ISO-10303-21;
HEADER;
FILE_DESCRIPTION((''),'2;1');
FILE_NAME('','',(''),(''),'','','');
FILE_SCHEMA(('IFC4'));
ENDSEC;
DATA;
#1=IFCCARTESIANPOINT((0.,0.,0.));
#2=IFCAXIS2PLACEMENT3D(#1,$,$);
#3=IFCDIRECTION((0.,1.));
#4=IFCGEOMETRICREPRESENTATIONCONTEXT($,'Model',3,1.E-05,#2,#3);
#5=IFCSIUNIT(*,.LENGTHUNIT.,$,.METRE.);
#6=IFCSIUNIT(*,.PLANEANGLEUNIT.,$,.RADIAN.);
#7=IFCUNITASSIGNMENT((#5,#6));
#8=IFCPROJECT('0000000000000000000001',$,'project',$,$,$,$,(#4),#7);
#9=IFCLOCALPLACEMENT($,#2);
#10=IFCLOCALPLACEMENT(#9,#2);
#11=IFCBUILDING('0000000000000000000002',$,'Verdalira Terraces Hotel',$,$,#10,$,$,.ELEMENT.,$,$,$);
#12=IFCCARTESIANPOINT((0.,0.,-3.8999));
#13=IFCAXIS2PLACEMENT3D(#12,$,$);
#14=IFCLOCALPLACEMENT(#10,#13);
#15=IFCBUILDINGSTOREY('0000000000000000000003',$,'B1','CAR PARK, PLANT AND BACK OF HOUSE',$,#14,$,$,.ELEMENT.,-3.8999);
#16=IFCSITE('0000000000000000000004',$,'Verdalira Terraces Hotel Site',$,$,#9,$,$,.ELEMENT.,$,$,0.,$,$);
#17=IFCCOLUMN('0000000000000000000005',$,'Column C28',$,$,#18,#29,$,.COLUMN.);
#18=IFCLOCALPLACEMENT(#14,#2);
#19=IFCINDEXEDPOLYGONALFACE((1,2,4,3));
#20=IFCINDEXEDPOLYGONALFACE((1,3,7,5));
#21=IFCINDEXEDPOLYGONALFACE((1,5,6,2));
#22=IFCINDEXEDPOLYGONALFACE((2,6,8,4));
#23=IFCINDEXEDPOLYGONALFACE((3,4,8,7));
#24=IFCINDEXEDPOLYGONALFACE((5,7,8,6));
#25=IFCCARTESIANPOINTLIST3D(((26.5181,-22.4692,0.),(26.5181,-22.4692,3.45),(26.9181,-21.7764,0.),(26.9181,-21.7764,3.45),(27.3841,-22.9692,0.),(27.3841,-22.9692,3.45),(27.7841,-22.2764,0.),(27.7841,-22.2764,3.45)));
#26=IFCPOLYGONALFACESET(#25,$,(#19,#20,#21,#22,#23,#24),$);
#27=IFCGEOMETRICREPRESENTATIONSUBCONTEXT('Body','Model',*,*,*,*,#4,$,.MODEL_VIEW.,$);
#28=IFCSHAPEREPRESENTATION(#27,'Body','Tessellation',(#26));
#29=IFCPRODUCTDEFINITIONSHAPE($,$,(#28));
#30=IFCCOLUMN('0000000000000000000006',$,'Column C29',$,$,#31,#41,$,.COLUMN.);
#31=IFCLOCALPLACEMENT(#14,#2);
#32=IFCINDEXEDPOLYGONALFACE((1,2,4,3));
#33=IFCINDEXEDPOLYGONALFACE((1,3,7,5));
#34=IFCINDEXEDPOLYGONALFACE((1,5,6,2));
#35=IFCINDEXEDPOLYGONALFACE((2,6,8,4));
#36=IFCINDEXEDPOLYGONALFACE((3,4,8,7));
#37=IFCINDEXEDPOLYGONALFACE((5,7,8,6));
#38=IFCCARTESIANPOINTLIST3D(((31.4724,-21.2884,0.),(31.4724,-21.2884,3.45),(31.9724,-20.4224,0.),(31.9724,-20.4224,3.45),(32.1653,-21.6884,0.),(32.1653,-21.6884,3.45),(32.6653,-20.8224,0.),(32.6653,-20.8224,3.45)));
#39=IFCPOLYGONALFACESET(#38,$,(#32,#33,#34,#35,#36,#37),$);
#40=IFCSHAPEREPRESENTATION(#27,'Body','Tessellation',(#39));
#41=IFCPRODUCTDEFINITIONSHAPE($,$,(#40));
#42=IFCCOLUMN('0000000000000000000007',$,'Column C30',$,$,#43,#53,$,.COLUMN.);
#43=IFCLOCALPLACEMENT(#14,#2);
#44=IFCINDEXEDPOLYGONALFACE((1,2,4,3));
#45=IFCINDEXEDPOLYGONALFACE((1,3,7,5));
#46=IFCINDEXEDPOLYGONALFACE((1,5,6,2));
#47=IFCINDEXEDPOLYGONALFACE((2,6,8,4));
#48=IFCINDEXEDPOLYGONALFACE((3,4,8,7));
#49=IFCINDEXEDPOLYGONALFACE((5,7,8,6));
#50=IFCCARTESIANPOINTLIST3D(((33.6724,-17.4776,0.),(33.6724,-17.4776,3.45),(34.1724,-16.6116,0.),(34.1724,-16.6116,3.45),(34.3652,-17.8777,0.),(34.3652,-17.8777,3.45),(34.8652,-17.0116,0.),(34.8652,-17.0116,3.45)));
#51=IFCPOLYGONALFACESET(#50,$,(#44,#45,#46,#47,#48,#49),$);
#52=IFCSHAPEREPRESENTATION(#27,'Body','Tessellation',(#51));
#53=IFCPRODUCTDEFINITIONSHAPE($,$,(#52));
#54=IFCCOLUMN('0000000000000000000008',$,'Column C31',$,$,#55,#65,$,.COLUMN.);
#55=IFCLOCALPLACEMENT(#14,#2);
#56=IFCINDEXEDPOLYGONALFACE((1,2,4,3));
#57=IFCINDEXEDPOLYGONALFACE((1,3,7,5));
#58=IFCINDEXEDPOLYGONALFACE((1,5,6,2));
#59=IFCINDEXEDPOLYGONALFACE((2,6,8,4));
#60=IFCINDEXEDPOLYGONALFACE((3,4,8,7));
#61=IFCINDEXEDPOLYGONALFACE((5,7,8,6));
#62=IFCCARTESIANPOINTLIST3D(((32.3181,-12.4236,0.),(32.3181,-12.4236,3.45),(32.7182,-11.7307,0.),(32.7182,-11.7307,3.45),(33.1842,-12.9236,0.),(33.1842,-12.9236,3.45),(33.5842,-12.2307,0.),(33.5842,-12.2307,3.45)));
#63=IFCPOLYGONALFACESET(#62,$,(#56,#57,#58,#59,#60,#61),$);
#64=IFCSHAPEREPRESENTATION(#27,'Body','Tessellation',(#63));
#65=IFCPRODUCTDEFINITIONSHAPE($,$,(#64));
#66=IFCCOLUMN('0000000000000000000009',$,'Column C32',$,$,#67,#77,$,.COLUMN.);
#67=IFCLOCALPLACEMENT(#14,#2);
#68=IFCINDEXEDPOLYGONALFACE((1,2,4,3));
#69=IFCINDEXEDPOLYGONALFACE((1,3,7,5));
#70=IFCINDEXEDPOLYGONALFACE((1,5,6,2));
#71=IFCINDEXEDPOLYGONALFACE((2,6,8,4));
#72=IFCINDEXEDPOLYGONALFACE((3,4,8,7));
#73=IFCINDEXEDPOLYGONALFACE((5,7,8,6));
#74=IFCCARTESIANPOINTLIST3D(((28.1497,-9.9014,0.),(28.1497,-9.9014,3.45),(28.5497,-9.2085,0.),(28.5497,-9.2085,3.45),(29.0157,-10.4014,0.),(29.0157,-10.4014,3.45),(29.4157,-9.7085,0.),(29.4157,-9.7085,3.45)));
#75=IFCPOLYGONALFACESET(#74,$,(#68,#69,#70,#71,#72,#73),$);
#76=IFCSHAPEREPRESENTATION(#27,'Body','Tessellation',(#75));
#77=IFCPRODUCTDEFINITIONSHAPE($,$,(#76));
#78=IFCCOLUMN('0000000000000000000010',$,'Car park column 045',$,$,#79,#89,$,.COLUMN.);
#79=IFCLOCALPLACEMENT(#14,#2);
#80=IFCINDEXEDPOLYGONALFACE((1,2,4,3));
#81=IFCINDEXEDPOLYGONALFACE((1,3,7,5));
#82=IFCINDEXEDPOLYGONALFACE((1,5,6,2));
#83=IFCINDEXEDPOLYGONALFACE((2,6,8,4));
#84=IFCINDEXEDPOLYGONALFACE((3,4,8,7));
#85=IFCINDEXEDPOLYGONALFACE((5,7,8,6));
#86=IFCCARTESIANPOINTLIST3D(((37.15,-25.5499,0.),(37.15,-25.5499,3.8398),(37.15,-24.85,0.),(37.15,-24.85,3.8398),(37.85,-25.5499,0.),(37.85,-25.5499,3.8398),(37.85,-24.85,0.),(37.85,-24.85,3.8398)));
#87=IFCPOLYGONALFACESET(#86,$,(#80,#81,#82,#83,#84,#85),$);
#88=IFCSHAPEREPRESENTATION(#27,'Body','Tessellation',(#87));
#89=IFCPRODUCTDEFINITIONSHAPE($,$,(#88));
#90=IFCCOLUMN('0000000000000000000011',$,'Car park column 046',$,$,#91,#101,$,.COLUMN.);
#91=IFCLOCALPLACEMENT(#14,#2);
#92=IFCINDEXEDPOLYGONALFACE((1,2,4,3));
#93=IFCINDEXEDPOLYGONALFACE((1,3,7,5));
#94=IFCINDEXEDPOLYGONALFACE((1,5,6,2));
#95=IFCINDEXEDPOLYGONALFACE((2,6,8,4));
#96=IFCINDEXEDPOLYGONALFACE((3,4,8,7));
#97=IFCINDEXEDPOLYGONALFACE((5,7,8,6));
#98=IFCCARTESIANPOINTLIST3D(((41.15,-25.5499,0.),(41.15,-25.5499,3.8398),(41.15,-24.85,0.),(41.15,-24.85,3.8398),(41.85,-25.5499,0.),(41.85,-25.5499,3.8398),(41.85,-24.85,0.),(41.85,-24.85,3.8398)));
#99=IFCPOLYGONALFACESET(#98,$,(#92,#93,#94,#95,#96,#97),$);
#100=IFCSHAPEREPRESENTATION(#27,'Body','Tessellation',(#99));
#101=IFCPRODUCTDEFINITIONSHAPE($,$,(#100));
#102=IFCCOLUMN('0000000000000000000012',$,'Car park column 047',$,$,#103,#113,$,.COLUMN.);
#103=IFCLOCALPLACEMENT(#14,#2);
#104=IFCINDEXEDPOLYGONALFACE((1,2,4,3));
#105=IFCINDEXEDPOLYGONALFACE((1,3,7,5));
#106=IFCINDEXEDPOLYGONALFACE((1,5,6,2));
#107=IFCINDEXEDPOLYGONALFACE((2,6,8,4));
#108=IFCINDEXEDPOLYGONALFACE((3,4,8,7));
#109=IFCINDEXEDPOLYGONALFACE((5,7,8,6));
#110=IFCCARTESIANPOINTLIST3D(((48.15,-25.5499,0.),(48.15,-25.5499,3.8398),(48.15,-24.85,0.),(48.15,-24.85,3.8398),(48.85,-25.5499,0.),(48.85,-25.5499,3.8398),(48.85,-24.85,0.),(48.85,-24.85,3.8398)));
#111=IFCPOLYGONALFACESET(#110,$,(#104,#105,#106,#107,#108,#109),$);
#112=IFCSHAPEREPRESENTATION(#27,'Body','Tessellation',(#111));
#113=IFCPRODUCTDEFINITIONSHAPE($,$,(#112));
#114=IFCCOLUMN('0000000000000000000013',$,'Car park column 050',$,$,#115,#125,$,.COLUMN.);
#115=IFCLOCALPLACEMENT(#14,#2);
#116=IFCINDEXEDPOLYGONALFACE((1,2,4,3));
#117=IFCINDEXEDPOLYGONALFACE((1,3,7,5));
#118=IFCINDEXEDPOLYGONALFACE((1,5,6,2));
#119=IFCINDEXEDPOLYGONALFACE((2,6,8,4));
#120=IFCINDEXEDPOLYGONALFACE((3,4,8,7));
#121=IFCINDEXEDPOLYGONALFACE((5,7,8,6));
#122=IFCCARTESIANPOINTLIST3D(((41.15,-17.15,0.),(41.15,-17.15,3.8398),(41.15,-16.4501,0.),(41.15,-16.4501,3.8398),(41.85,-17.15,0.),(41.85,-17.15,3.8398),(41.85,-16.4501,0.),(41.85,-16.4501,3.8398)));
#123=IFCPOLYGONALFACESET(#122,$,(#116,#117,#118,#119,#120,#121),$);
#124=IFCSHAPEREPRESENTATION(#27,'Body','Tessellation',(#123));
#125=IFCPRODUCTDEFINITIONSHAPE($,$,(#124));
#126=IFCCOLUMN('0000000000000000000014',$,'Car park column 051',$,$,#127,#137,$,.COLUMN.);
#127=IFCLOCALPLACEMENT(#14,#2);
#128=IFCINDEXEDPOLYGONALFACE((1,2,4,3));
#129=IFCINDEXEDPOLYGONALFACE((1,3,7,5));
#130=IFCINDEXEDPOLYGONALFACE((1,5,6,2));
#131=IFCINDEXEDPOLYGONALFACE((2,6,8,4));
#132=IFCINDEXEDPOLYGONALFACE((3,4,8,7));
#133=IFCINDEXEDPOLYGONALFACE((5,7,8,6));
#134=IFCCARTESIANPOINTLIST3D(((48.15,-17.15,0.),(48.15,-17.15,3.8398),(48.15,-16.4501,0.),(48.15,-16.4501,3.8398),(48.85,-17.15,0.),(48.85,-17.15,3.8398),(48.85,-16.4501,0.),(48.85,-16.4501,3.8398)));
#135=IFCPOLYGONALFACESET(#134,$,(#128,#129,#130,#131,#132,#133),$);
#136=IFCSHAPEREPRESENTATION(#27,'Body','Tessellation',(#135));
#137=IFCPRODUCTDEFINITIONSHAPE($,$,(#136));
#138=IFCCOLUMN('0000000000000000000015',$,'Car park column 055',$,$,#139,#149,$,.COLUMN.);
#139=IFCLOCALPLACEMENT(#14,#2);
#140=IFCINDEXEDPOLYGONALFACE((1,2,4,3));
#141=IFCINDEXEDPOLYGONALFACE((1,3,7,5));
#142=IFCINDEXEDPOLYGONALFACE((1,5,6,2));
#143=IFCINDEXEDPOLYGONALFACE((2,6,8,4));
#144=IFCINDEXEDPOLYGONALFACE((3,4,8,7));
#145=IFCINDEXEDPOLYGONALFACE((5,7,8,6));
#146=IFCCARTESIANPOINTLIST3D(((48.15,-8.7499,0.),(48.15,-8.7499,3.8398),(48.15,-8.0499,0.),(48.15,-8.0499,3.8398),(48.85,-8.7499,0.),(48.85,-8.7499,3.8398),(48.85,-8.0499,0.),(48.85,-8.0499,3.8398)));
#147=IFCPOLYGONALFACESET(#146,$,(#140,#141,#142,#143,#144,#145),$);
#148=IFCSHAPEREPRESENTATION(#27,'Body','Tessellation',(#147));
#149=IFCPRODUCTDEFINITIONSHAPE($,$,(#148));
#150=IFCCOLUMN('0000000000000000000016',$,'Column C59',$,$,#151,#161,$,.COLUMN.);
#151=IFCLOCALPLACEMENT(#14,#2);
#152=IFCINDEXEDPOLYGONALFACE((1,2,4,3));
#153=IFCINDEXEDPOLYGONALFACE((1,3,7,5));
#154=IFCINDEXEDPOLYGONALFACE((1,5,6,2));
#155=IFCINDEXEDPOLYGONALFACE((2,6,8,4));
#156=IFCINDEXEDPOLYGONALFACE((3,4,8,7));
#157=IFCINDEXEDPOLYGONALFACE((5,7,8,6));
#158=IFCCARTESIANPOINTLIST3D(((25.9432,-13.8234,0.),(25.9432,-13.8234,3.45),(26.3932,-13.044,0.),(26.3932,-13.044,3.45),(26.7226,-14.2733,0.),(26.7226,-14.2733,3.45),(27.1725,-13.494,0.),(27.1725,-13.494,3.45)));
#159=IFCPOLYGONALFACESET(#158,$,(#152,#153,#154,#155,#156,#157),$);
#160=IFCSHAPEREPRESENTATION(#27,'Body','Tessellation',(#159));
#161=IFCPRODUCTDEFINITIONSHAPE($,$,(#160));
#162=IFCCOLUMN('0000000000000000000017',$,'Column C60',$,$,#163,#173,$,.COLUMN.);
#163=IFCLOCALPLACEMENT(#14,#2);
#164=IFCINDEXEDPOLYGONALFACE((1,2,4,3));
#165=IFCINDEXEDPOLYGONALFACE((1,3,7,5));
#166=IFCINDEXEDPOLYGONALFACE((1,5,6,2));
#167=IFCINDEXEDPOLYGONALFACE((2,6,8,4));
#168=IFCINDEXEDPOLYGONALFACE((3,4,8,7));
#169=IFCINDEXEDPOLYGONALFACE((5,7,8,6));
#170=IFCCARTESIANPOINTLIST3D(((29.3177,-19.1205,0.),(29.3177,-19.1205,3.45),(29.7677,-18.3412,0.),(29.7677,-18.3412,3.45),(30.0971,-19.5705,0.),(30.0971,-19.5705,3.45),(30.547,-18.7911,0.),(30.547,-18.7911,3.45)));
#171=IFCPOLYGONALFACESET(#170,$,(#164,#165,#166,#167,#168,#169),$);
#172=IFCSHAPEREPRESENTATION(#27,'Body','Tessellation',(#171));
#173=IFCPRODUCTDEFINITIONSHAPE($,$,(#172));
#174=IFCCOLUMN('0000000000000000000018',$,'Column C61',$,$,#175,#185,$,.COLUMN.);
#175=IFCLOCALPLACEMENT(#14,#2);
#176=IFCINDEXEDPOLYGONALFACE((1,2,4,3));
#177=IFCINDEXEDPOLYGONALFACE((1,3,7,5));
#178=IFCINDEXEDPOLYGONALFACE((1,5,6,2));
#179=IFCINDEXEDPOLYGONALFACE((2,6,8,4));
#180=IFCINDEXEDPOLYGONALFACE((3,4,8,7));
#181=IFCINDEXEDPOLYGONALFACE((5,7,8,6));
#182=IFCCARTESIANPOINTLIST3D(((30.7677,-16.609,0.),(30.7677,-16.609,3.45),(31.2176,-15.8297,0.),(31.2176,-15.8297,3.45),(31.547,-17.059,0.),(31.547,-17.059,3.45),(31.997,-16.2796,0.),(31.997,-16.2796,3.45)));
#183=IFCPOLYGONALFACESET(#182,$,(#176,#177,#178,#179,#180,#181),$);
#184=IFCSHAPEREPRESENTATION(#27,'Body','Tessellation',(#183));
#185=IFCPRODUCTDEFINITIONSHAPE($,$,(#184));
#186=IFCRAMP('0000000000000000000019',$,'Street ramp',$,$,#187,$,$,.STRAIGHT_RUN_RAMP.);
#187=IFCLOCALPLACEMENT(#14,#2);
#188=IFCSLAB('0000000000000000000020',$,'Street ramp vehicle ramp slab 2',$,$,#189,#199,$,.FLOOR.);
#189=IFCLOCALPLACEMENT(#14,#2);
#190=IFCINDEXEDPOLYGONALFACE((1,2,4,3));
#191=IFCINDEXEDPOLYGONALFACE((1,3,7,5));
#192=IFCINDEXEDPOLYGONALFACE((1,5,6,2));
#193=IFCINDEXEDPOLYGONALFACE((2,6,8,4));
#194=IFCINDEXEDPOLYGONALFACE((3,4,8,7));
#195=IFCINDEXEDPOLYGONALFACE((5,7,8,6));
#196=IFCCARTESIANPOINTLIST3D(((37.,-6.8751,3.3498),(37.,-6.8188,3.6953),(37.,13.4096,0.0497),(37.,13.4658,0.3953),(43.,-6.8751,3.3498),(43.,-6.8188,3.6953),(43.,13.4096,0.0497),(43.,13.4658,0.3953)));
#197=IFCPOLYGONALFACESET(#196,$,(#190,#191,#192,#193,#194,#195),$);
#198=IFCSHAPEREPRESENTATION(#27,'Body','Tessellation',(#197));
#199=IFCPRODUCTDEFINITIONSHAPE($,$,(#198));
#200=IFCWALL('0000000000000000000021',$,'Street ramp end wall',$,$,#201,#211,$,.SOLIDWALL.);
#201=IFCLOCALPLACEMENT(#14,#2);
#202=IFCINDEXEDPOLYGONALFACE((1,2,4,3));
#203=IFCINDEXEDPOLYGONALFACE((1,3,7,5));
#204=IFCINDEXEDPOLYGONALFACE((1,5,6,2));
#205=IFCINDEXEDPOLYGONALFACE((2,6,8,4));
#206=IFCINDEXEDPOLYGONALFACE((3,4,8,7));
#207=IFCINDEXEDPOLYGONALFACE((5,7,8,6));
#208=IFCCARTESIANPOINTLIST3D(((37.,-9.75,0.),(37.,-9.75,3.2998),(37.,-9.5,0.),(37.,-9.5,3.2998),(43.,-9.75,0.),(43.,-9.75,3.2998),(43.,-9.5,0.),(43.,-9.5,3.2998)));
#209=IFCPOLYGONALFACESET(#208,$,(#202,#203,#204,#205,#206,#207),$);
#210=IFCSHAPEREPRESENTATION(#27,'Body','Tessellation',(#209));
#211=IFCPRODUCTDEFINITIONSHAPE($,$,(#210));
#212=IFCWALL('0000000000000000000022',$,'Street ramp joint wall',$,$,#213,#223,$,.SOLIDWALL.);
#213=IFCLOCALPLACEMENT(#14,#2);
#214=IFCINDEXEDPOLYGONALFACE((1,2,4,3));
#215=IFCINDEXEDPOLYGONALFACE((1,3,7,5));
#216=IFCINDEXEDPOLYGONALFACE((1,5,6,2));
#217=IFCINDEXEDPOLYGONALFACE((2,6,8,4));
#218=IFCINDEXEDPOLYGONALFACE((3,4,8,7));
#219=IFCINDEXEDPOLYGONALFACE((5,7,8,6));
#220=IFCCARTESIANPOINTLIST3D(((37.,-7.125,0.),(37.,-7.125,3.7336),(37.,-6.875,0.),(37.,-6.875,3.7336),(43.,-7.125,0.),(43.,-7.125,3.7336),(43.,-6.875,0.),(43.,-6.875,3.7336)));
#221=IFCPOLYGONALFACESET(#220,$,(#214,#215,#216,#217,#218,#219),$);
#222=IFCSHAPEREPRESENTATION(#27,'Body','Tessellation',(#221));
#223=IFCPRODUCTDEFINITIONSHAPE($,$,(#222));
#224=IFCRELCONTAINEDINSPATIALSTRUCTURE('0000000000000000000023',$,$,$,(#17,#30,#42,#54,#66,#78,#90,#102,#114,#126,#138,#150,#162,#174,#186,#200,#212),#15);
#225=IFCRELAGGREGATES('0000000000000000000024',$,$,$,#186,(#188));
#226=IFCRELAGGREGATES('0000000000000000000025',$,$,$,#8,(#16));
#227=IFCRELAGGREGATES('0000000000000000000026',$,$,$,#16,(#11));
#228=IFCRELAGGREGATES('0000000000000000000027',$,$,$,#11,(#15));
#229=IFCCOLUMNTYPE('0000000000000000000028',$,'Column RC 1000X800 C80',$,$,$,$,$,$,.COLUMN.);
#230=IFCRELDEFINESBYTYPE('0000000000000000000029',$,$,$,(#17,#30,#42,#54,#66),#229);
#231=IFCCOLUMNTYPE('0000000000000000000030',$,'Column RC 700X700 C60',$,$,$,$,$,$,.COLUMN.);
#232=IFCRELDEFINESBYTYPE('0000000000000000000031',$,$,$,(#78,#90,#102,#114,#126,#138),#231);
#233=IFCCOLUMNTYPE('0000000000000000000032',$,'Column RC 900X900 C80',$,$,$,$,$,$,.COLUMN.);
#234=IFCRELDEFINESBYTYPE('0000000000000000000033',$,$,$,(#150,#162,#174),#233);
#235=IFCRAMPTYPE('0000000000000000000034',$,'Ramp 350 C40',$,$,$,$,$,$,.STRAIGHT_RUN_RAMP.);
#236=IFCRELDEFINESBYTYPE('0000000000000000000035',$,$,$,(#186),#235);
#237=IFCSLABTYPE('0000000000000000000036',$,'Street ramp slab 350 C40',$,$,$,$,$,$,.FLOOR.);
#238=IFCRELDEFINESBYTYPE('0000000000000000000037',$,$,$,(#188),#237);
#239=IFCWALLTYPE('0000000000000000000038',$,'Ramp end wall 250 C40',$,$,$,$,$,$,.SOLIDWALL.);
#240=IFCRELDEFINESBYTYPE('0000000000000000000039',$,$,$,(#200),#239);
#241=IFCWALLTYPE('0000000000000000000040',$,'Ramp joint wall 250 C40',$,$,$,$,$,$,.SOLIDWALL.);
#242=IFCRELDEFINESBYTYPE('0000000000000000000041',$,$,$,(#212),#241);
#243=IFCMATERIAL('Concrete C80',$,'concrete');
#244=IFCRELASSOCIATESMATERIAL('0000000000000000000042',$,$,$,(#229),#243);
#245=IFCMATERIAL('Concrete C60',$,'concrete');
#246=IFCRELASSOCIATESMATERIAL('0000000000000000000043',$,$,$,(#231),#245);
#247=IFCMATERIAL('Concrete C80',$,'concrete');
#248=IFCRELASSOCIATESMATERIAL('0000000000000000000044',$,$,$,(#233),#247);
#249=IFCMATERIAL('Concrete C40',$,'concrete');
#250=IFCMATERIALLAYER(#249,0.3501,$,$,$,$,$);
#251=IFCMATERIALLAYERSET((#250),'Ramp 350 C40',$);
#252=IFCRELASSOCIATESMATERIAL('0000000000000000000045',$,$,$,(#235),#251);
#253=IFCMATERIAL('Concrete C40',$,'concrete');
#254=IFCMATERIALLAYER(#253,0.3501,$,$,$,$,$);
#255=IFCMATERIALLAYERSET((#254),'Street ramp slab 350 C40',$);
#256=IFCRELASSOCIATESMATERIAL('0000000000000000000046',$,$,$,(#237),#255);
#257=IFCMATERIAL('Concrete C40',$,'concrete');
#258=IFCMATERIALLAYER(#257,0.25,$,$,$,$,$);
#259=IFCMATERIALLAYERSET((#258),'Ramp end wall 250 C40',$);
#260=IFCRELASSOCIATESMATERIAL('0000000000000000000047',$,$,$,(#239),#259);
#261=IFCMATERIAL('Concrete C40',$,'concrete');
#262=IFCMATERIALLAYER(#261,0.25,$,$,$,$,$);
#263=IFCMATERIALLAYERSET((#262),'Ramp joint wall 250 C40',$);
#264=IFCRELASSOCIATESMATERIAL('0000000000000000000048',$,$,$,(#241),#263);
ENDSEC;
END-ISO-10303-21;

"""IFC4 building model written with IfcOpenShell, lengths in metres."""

from ifc_helpers import new_model, si_unit, direction, frame, frame_2d, origin, origin_2d, place, context, subcontext, project, spatial, polyline, rectangle, outline, extrude, material, layer, layer_set, material_profile, profile_set, type_object, element, aggregate, save


model = new_model("IFC4")

# Units and contexts
model_context = context("Model", 3, precision=1e-05, world=origin(), true_north=direction((0.0, 1.0)))
body_context = subcontext(model_context, "Body", "Model", "MODEL_VIEW")
ifc_project = project(units=[si_unit("LENGTHUNIT", "METRE"), si_unit("PLANEANGLEUNIT", "RADIAN")], contexts=[model_context])

# Site, building, storey
site_placement = place(None, origin())
site = spatial("IfcSite", under=ifc_project, at=site_placement, Name="Verdalira Terraces Hotel Site", CompositionType="ELEMENT", RefElevation=0.0)
building_placement = place(site_placement, origin())
building = spatial("IfcBuilding", under=site, at=building_placement, Name="Verdalira Terraces Hotel", CompositionType="ELEMENT")
storey_placement = place(building_placement, frame((0.0, 0.0, -3.8999)))
storey = spatial("IfcBuildingStorey", under=building, at=storey_placement, Name="B1", Description="CAR PARK, PLANT AND BACK OF HOUSE", CompositionType="ELEMENT", Elevation=-3.8999)

# Columns
ifc_material_1 = material(Name="Concrete C80", Category="concrete")
ifc_material_profile_1 = material_profile(ifc_material_1, rectangle(XDim=1.0, YDim=0.8, at=origin_2d()), Name="RC 1000X800")
ifc_profile_set_1 = profile_set([ifc_material_profile_1], Name="Concrete C80")
column_type_1 = type_object("IfcColumnType", Name="Column RC 1000X800 C80", PredefinedType="COLUMN", material=ifc_profile_set_1)
for number, where, z_axis, x_axis, name in (
    (1, (27.1511, -22.3728, 0.0), (0.0, 0.0, 1.0), (0.866025, -0.5, 0.0), "Column C28"),
    (2, (32.0688, -21.0554, 0.0), (0.0, 0.0, 1.0), (0.5, 0.866025, 0.0), "Column C29"),
    (3, (34.2688, -17.2446, 0.0), (0.0, 0.0, 1.0), (0.5, 0.866025, 0.0), "Column C30"),
    (4, (32.9512, -12.3271, 0.0), (0.0, 0.0, 1.0), (-0.866025, 0.5, 0.0), "Column C31"),
    (5, (28.7827, -9.8049, 0.0), (0.0, 0.0, 1.0), (-0.866025, 0.5, 0.0), "Column C32"),
):
    element("IfcColumn", number, at=place(storey_placement, frame(where, z_axis=z_axis, x_axis=x_axis)), inside=storey, type_object=column_type_1, Name=name, PredefinedType="COLUMN", context=body_context, shape_type="SweptSolid", body=[
        extrude(rectangle(XDim=1.0, YDim=0.8, at=origin_2d()), origin(), (0.0, 0.0, 1.0), 3.45),
    ])
ifc_material_2 = material(Name="Concrete C60", Category="concrete")
ifc_material_profile_2 = material_profile(ifc_material_2, rectangle(XDim=0.7, YDim=0.7, at=origin_2d()), Name="RC 700X700")
ifc_profile_set_2 = profile_set([ifc_material_profile_2], Name="Concrete C60")
column_type_2 = type_object("IfcColumnType", Name="Column RC 700X700 C60", PredefinedType="COLUMN", material=ifc_profile_set_2)
for number, where, z_axis, x_axis, name in (
    (6, (37.5, -25.2, 0.0), (0.0, 0.0, 1.0), (1.0, 0.0, 0.0), "Car park column 045"),
    (7, (41.5, -25.2, 0.0), (0.0, 0.0, 1.0), (1.0, 0.0, 0.0), "Car park column 046"),
    (8, (48.5, -25.2, 0.0), (0.0, 0.0, 1.0), (1.0, 0.0, 0.0), "Car park column 047"),
    (9, (41.5, -16.8, 0.0), (0.0, 0.0, 1.0), (1.0, 0.0, 0.0), "Car park column 050"),
    (10, (48.5, -16.8, 0.0), (0.0, 0.0, 1.0), (1.0, 0.0, 0.0), "Car park column 051"),
    (11, (48.5, -8.3999, 0.0), (0.0, 0.0, 1.0), (1.0, 0.0, 0.0), "Car park column 055"),
):
    element("IfcColumn", number, at=place(storey_placement, frame(where, z_axis=z_axis, x_axis=x_axis)), inside=storey, type_object=column_type_2, Name=name, PredefinedType="COLUMN", context=body_context, shape_type="SweptSolid", body=[
        extrude(rectangle(XDim=0.7, YDim=0.7, at=origin_2d()), origin(), (0.0, 0.0, 1.0), 3.8398),
    ])
ifc_material_3 = material(Name="Concrete C80", Category="concrete")
ifc_material_profile_3 = material_profile(ifc_material_3, rectangle(XDim=0.8999, YDim=0.8999, at=origin_2d()), Name="RC 900X900")
ifc_profile_set_3 = profile_set([ifc_material_profile_3], Name="Concrete C80")
column_type_3 = type_object("IfcColumnType", Name="Column RC 900X900 C80", PredefinedType="COLUMN", material=ifc_profile_set_3)
for number, where, z_axis, x_axis, name in (
    (12, (26.5579, -13.6587, 0.0), (0.0, 0.0, 1.0), (0.866025, -0.5, 0.0), "Column C59"),
    (13, (29.9324, -18.9558, 0.0), (0.0, 0.0, 1.0), (0.866025, -0.5, 0.0), "Column C60"),
    (14, (31.3823, -16.4443, 0.0), (0.0, 0.0, 1.0), (0.866025, -0.5, 0.0), "Column C61"),
):
    element("IfcColumn", number, at=place(storey_placement, frame(where, z_axis=z_axis, x_axis=x_axis)), inside=storey, type_object=column_type_3, Name=name, PredefinedType="COLUMN", context=body_context, shape_type="SweptSolid", body=[
        extrude(rectangle(XDim=0.8999, YDim=0.8999, at=origin_2d()), origin(), (0.0, 0.0, 1.0), 3.45),
    ])

# Ramp, slab
ifc_material_4 = material(Name="Concrete C40", Category="concrete")
ifc_layer_1 = layer(ifc_material_4, 0.3501)
ifc_layer_set_1 = layer_set([ifc_layer_1], Name="Ramp 350 C40")
ramp_type = type_object("IfcRampType", Name="Ramp 350 C40", PredefinedType="STRAIGHT_RUN_RAMP", material=ifc_layer_set_1)
ramp_placement = place(storey_placement, origin())
ramp = element("IfcRamp", 15, at=ramp_placement, inside=storey, type_object=ramp_type, Name="Street ramp", PredefinedType="STRAIGHT_RUN_RAMP")
ifc_material_5 = material(Name="Concrete C40", Category="concrete")
ifc_layer_2 = layer(ifc_material_5, 0.3501)
ifc_layer_set_2 = layer_set([ifc_layer_2], Name="Street ramp slab 350 C40")
slab_type = type_object("IfcSlabType", Name="Street ramp slab 350 C40", PredefinedType="FLOOR", material=ifc_layer_set_2)
slab_placement = place(storey_placement, frame((43.0, -6.8188, 3.6953), z_axis=(0.0, 0.160576, 0.987024), x_axis=(-1.0, 0.0, 0.0)))
slab = element("IfcSlab", 16, at=slab_placement, type_object=slab_type, Name="Street ramp vehicle ramp slab 2", PredefinedType="FLOOR", context=body_context, shape_type="SweptSolid", body=[
    extrude(outline(polyline([(0.0, 0.0), (6.0, 0.0), (6.0, -20.5514), (0.0, -20.5514), (0.0, 0.0)])), origin(), (0.0, 0.0, -1.0), 0.3501),
])
aggregate(ramp, [slab])

# Walls
ifc_material_6 = material(Name="Concrete C40", Category="concrete")
ifc_layer_3 = layer(ifc_material_6, 0.25)
ifc_layer_set_3 = layer_set([ifc_layer_3], Name="Ramp end wall 250 C40")
wall_type_1 = type_object("IfcWallType", Name="Ramp end wall 250 C40", PredefinedType="SOLIDWALL", material=ifc_layer_set_3)
wall_1_placement = place(storey_placement, frame((37.0, -9.625, 0.0), z_axis=(0.0, 0.0, 1.0), x_axis=(1.0, 0.0, 0.0)))
element("IfcWall", 17, at=wall_1_placement, inside=storey, type_object=wall_type_1, Name="Street ramp end wall", PredefinedType="SOLIDWALL", context=body_context, shape_type="SweptSolid", body=[
    extrude(rectangle(XDim=6.0, YDim=0.25, at=frame_2d((3.0, 0.0))), origin(), (0.0, 0.0, 1.0), 3.2998),
])
ifc_material_7 = material(Name="Concrete C40", Category="concrete")
ifc_layer_4 = layer(ifc_material_7, 0.25)
ifc_layer_set_4 = layer_set([ifc_layer_4], Name="Ramp joint wall 250 C40")
wall_type_2 = type_object("IfcWallType", Name="Ramp joint wall 250 C40", PredefinedType="SOLIDWALL", material=ifc_layer_set_4)
wall_2_placement = place(storey_placement, frame((37.0, -7.0, 0.0), z_axis=(0.0, 0.0, 1.0), x_axis=(1.0, 0.0, 0.0)))
element("IfcWall", 18, at=wall_2_placement, inside=storey, type_object=wall_type_2, Name="Street ramp joint wall", PredefinedType="SOLIDWALL", context=body_context, shape_type="SweptSolid", body=[
    extrude(rectangle(XDim=6.0, YDim=0.25, at=frame_2d((3.0, 0.0))), origin(), (0.0, 0.0, 1.0), 3.7336),
])

save(model, "model.ifc")
